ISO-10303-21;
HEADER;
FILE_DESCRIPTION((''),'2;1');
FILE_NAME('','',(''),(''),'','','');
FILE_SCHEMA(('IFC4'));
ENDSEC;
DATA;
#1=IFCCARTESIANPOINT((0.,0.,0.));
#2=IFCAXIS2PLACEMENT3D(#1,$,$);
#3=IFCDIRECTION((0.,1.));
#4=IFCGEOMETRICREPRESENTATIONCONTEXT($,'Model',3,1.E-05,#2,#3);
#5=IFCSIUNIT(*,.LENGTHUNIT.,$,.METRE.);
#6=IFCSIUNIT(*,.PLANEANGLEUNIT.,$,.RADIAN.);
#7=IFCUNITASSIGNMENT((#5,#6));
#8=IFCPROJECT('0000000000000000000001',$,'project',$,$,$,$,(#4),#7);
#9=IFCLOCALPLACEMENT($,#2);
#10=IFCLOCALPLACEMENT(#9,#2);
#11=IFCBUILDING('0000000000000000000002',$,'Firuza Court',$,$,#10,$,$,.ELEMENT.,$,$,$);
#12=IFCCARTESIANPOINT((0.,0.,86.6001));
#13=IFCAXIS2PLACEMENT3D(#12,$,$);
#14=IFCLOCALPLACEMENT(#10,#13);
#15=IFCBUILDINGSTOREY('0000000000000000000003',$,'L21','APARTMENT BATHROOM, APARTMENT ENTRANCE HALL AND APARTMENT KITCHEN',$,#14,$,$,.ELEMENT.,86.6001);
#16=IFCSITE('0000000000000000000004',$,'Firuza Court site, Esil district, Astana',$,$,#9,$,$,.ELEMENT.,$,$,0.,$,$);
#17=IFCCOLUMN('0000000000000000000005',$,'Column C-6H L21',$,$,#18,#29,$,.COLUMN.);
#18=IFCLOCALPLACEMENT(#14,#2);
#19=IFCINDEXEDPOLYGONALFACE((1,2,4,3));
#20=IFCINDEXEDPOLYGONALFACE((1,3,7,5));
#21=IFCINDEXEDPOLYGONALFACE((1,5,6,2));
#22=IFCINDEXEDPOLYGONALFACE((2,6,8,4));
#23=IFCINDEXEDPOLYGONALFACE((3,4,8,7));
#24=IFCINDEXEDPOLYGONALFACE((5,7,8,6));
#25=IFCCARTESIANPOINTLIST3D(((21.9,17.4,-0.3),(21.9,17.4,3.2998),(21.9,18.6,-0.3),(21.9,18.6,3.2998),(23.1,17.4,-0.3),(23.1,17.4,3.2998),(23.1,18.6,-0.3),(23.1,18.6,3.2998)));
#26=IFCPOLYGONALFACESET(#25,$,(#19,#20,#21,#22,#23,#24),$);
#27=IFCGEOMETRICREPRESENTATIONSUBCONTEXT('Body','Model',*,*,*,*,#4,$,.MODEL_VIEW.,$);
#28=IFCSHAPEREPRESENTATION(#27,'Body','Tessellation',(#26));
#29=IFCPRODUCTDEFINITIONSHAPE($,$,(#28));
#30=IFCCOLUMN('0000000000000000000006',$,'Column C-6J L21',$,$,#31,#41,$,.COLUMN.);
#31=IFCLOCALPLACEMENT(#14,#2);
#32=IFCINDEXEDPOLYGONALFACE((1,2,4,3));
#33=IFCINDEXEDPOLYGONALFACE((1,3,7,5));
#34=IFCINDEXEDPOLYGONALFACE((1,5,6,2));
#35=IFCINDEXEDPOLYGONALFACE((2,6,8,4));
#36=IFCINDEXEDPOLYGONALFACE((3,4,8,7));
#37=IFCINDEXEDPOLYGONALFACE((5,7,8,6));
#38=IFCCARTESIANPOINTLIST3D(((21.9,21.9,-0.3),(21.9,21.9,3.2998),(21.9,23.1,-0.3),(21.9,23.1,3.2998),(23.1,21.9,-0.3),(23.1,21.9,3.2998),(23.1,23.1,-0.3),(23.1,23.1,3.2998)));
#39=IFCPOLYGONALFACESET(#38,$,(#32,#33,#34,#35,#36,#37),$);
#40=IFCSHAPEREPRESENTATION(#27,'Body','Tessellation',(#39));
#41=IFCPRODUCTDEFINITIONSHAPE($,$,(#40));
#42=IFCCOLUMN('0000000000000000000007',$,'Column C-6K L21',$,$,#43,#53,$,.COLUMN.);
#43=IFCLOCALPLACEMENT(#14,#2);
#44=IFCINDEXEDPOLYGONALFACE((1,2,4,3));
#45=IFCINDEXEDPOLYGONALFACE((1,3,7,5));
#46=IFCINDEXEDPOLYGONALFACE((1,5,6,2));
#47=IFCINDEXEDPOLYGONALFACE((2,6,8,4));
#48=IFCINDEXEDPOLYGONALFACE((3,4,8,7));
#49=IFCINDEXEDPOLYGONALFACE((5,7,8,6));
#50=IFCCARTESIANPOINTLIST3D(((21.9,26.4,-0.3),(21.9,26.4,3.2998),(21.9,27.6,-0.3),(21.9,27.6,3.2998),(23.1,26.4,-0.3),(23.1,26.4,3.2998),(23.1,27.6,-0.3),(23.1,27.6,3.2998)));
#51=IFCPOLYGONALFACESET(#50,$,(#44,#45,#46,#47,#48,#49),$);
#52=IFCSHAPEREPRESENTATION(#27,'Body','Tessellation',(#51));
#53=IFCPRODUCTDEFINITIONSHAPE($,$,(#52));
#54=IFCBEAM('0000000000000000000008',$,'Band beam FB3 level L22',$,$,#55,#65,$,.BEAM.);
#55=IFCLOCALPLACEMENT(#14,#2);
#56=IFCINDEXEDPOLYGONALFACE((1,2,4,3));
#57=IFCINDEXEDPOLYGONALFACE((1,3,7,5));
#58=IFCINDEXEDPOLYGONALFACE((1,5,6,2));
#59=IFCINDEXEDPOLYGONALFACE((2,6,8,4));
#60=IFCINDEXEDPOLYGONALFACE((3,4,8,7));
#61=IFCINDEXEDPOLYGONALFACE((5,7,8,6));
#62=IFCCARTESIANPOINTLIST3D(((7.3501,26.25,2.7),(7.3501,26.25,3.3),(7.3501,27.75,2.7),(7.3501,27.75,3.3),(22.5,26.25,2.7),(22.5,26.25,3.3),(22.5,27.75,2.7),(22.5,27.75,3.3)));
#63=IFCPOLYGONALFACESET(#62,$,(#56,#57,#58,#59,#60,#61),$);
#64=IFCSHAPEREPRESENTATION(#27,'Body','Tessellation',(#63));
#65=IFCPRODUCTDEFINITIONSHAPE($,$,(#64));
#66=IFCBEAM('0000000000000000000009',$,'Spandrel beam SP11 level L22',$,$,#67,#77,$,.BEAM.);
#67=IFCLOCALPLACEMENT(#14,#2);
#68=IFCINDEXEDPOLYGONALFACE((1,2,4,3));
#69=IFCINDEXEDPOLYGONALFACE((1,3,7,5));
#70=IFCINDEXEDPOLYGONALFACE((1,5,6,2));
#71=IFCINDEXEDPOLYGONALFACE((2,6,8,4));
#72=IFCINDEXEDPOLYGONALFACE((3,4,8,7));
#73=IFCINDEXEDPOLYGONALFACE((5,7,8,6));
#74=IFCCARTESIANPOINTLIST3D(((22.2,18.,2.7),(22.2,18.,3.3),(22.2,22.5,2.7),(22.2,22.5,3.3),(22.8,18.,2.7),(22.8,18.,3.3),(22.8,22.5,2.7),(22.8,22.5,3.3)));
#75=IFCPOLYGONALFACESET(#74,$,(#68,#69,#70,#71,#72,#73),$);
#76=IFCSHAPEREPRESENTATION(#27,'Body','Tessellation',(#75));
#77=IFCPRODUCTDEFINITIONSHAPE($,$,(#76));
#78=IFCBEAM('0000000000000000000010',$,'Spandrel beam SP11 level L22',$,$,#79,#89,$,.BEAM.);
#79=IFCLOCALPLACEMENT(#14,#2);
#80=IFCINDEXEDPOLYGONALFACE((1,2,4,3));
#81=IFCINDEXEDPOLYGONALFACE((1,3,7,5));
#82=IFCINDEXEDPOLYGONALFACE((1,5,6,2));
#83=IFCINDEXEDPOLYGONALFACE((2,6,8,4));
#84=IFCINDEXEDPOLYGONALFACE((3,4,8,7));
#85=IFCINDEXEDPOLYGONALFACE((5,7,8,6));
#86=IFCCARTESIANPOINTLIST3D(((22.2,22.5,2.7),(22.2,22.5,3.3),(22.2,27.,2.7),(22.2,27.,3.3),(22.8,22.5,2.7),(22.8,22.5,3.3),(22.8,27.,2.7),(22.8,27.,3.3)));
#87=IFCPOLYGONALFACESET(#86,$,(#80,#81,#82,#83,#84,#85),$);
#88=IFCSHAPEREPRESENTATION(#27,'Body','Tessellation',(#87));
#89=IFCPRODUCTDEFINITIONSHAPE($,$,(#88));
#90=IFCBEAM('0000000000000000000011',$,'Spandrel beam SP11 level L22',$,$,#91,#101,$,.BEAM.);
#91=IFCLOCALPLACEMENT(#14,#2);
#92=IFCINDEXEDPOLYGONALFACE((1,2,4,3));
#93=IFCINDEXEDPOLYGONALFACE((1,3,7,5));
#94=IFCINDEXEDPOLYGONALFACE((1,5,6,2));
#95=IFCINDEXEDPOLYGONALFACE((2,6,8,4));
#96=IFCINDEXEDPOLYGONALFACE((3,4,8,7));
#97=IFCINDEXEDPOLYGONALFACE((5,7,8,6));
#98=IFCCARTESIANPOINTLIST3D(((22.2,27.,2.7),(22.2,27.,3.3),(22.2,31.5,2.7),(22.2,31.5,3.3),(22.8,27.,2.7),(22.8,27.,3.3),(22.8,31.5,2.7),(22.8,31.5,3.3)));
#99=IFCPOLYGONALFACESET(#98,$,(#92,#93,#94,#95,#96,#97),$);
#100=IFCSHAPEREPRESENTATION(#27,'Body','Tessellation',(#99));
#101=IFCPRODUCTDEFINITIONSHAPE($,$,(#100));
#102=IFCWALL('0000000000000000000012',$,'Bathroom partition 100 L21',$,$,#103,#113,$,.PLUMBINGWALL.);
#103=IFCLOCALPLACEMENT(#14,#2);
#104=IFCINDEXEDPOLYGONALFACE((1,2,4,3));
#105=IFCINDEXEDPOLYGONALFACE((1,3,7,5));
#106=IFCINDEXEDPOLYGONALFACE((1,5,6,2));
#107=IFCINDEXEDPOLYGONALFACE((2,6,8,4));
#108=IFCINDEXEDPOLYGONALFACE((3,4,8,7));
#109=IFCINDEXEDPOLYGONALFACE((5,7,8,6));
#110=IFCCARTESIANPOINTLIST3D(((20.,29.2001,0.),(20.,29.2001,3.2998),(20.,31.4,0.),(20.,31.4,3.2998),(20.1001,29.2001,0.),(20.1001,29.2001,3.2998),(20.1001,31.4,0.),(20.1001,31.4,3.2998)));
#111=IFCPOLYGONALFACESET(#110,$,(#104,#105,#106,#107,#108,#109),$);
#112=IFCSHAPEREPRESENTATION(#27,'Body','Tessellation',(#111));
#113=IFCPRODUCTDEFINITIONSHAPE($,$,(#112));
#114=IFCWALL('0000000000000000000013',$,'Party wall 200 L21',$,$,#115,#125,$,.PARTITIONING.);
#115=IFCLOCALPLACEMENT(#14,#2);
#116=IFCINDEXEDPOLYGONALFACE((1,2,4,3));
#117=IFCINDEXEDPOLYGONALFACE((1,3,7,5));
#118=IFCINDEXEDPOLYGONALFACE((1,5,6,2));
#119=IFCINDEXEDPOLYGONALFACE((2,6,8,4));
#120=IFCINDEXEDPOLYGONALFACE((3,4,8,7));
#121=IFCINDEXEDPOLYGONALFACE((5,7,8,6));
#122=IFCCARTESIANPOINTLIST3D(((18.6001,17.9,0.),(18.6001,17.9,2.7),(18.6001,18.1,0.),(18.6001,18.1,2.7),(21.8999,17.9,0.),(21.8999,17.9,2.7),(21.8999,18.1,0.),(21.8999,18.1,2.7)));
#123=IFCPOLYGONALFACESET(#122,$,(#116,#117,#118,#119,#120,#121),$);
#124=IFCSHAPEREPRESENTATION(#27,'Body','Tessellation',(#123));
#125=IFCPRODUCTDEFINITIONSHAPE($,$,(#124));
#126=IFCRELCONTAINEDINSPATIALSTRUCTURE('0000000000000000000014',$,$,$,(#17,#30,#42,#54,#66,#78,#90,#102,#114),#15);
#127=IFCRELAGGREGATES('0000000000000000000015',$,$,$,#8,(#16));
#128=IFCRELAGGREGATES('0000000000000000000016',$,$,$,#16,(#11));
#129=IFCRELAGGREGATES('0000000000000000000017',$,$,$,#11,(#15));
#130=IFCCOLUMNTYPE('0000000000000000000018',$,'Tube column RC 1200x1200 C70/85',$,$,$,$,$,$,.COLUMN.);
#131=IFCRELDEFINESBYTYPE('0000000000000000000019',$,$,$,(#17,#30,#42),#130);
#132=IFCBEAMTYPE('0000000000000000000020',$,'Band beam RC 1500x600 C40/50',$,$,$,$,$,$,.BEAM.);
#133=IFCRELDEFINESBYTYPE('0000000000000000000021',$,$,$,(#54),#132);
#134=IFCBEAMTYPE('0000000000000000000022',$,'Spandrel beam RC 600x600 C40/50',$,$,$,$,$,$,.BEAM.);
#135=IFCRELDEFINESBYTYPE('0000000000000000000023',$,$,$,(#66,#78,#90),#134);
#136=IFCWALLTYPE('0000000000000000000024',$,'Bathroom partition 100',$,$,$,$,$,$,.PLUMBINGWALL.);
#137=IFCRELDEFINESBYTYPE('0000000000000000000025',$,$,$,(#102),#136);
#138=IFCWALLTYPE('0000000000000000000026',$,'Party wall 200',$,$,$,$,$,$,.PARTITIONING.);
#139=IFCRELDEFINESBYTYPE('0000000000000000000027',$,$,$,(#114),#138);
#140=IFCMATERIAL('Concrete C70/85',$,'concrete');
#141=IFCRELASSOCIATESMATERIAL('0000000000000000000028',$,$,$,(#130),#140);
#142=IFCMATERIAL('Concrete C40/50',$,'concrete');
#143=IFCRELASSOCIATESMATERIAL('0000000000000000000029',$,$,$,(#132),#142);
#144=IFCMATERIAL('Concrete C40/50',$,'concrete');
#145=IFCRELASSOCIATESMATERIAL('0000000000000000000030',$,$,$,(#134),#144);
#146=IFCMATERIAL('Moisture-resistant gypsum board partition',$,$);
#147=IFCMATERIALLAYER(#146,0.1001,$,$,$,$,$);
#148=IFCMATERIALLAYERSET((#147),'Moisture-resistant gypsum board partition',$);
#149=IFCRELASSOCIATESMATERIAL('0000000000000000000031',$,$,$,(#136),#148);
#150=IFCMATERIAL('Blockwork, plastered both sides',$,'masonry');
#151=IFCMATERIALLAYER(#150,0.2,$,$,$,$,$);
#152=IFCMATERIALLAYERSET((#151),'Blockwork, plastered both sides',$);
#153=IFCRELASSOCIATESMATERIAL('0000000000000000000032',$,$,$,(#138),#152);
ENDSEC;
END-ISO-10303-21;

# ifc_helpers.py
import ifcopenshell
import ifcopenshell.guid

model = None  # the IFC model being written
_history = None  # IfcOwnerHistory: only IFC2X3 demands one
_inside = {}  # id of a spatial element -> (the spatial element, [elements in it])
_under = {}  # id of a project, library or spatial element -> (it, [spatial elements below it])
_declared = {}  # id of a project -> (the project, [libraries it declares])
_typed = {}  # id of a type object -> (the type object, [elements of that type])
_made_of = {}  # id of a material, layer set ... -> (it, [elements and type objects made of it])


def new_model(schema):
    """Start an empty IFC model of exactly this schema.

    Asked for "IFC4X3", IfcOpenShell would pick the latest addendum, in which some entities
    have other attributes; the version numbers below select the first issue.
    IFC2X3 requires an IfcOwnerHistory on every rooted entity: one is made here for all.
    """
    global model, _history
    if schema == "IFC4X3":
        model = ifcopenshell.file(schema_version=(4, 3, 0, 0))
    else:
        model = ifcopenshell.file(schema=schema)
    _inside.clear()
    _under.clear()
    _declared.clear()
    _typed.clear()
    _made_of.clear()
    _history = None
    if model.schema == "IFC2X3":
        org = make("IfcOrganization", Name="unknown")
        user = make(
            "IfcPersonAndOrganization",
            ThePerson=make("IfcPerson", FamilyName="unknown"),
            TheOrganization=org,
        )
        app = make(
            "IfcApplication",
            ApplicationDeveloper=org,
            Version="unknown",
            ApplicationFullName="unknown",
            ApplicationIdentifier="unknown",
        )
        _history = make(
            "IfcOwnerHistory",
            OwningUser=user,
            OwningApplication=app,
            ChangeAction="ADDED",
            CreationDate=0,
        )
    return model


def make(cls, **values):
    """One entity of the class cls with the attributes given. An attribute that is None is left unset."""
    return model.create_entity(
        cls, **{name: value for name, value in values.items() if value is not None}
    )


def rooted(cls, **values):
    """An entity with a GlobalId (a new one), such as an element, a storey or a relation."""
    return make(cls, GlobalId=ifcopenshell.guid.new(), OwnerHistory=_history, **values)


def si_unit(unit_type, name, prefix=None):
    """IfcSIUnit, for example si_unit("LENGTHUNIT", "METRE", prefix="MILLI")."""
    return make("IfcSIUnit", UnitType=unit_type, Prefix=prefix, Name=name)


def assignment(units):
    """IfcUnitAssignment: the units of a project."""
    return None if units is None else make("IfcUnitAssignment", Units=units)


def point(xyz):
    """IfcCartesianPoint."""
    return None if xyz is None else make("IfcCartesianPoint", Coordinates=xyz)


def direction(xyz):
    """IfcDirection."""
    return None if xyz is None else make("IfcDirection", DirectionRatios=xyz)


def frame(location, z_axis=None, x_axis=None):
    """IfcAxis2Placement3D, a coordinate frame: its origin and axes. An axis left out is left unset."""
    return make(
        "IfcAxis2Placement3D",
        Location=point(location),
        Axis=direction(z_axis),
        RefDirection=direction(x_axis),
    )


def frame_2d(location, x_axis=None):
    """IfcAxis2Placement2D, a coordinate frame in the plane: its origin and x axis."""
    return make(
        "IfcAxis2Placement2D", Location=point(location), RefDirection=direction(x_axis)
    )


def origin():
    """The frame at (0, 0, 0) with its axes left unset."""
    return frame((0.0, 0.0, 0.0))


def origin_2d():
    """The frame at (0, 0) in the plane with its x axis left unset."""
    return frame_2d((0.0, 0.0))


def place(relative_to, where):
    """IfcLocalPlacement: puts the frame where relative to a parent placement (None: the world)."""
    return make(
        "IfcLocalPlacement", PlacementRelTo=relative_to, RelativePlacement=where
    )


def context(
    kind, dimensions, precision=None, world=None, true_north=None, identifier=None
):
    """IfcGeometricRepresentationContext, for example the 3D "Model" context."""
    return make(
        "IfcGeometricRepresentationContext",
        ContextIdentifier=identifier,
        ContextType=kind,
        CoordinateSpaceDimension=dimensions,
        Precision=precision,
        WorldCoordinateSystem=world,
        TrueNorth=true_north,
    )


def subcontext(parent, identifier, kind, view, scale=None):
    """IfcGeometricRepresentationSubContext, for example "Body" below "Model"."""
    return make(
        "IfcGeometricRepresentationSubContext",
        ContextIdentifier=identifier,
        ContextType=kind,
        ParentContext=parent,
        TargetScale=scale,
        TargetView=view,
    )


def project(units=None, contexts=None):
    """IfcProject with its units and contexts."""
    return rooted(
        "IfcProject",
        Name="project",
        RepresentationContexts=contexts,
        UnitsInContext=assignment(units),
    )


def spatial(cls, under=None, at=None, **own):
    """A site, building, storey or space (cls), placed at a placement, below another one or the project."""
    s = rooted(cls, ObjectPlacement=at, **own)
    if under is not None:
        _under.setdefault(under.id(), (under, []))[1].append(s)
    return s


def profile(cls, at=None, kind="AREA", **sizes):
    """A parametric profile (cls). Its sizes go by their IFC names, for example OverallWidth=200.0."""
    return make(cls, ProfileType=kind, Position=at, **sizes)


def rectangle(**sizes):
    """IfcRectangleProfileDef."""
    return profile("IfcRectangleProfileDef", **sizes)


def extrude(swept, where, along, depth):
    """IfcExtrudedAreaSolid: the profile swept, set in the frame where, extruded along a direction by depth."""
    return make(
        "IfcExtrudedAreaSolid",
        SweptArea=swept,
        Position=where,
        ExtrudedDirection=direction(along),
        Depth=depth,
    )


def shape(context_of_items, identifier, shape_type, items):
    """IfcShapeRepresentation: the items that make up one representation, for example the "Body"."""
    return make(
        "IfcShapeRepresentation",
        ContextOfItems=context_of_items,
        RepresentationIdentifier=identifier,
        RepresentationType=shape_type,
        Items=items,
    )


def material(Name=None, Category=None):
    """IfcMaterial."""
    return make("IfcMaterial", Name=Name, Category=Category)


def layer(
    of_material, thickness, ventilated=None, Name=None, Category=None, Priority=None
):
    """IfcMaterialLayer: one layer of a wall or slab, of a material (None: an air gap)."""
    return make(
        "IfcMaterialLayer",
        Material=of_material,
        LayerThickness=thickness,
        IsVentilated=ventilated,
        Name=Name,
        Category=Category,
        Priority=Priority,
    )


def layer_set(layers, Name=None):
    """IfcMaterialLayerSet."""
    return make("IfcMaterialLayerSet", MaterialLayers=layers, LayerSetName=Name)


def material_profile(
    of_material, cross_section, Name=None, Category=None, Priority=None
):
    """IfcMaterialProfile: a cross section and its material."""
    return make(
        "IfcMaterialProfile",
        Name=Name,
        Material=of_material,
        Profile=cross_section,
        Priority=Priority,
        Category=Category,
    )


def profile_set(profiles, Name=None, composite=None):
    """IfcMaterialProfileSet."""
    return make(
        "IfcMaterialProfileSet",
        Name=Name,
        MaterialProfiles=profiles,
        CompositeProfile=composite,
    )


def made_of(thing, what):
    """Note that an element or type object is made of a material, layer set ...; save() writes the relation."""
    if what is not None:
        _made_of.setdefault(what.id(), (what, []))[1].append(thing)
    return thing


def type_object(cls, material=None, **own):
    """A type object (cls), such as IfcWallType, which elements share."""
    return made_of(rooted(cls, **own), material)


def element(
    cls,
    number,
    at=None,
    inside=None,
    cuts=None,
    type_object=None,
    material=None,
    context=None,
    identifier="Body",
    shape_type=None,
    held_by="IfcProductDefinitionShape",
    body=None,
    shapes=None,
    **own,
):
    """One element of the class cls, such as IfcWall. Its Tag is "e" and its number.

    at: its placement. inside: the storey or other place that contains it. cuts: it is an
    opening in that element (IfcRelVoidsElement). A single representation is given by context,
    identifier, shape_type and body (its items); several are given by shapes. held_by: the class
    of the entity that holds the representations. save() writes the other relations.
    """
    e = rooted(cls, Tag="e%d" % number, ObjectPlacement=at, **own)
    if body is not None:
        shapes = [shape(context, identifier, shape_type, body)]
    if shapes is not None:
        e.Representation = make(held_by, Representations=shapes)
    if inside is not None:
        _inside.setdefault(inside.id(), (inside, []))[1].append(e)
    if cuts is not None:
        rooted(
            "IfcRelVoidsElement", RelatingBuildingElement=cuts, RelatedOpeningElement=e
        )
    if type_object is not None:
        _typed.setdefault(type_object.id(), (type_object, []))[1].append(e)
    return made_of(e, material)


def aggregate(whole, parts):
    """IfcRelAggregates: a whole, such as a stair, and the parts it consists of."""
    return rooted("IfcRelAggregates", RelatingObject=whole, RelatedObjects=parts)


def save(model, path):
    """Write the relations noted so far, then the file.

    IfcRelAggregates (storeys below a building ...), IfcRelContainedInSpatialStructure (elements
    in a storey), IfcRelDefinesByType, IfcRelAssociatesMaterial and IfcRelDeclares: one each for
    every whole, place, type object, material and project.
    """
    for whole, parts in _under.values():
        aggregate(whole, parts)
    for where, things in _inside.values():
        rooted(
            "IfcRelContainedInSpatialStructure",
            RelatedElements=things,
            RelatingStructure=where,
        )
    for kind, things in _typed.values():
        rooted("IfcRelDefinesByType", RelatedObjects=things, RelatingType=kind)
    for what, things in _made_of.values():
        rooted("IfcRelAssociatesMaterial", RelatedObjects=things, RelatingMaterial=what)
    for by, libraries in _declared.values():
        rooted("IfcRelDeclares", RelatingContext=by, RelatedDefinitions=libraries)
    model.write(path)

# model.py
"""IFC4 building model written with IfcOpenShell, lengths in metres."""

from ifc_helpers import new_model, si_unit, direction, frame, frame_2d, origin, origin_2d, place, context, subcontext, project, spatial, rectangle, extrude, material, layer, layer_set, material_profile, profile_set, type_object, element, save


model = new_model("IFC4")

# Units and contexts
model_context = context("Model", 3, precision=1e-05, world=origin(), true_north=direction((0.0, 1.0)))
body_context = subcontext(model_context, "Body", "Model", "MODEL_VIEW")
ifc_project = project(units=[si_unit("LENGTHUNIT", "METRE"), si_unit("PLANEANGLEUNIT", "RADIAN")], contexts=[model_context])

# Site, building, storey
site_placement = place(None, origin())
site = spatial("IfcSite", under=ifc_project, at=site_placement, Name="Firuza Court site, Esil district, Astana", CompositionType="ELEMENT", RefElevation=0.0)
building_placement = place(site_placement, origin())
building = spatial("IfcBuilding", under=site, at=building_placement, Name="Firuza Court", CompositionType="ELEMENT")
storey_placement = place(building_placement, frame((0.0, 0.0, 86.6001)))
storey = spatial("IfcBuildingStorey", under=building, at=storey_placement, Name="L21", Description="APARTMENT BATHROOM, APARTMENT ENTRANCE HALL AND APARTMENT KITCHEN", CompositionType="ELEMENT", Elevation=86.6001)

# Columns
ifc_material_1 = material(Name="Concrete C70/85", Category="concrete")
ifc_material_profile_1 = material_profile(ifc_material_1, rectangle(XDim=1.2, YDim=1.2, at=origin_2d()), Name="RC 1200x1200")
ifc_profile_set_1 = profile_set([ifc_material_profile_1], Name="Concrete C70/85")
column_type = type_object("IfcColumnType", Name="Tube column RC 1200x1200 C70/85", PredefinedType="COLUMN", material=ifc_profile_set_1)
for number, where, z_axis, x_axis, name in (
    (1, (22.5, 18.0, -0.3), (0.0, 0.0, 1.0), (1.0, 0.0, 0.0), "Column C-6H L21"),
    (2, (22.5, 22.5, -0.3), (0.0, 0.0, 1.0), (1.0, 0.0, 0.0), "Column C-6J L21"),
    (3, (22.5, 27.0, -0.3), (0.0, 0.0, 1.0), (1.0, 0.0, 0.0), "Column C-6K L21"),
):
    element("IfcColumn", number, at=place(storey_placement, frame(where, z_axis=z_axis, x_axis=x_axis)), inside=storey, type_object=column_type, Name=name, PredefinedType="COLUMN", context=body_context, shape_type="SweptSolid", body=[
        extrude(rectangle(XDim=1.2, YDim=1.2, at=origin_2d()), origin(), (0.0, 0.0, 1.0), 3.5999),
    ])

# Beams
ifc_material_2 = material(Name="Concrete C40/50", Category="concrete")
ifc_material_profile_2 = material_profile(ifc_material_2, rectangle(XDim=1.5, YDim=0.6001, at=origin_2d()), Name="RC 1500x600")
ifc_profile_set_2 = profile_set([ifc_material_profile_2], Name="Concrete C40/50")
beam_type_1 = type_object("IfcBeamType", Name="Band beam RC 1500x600 C40/50", PredefinedType="BEAM", material=ifc_profile_set_2)
beam_placement = place(storey_placement, frame((22.5, 27.0, 3.0), z_axis=(-1.0, 0.0, 0.0), x_axis=(0.0, -1.0, 0.0)))
element("IfcBeam", 4, at=beam_placement, inside=storey, type_object=beam_type_1, Name="Band beam FB3 level L22", PredefinedType="BEAM", context=body_context, shape_type="SweptSolid", body=[
    extrude(rectangle(XDim=1.5, YDim=0.6001, at=origin_2d()), origin(), (0.0, 0.0, 1.0), 15.1499),
])
ifc_material_3 = material(Name="Concrete C40/50", Category="concrete")
ifc_material_profile_3 = material_profile(ifc_material_3, rectangle(XDim=0.6001, YDim=0.6001, at=origin_2d()), Name="RC 600x600")
ifc_profile_set_3 = profile_set([ifc_material_profile_3], Name="Concrete C40/50")
beam_type_2 = type_object("IfcBeamType", Name="Spandrel beam RC 600x600 C40/50", PredefinedType="BEAM", material=ifc_profile_set_3)
for number, where, z_axis, x_axis, name in (
    (5, (22.5, 18.0, 3.0), (0.0, 1.0, 0.0), (-1.0, 0.0, 0.0), "Spandrel beam SP11 level L22"),
    (6, (22.5, 22.5, 3.0), (0.0, 1.0, 0.0), (-1.0, 0.0, 0.0), "Spandrel beam SP11 level L22"),
    (7, (22.5, 27.0, 3.0), (0.0, 1.0, 0.0), (-1.0, 0.0, 0.0), "Spandrel beam SP11 level L22"),
):
    element("IfcBeam", number, at=place(storey_placement, frame(where, z_axis=z_axis, x_axis=x_axis)), inside=storey, type_object=beam_type_2, Name=name, PredefinedType="BEAM", context=body_context, shape_type="SweptSolid", body=[
        extrude(rectangle(XDim=0.6001, YDim=0.6001, at=origin_2d()), origin(), (0.0, 0.0, 1.0), 4.5),
    ])

# Walls
ifc_material_4 = material(Name="Moisture-resistant gypsum board partition")
ifc_layer_1 = layer(ifc_material_4, 0.1001)
ifc_layer_set_1 = layer_set([ifc_layer_1], Name="Moisture-resistant gypsum board partition")
wall_type_1 = type_object("IfcWallType", Name="Bathroom partition 100", PredefinedType="PLUMBINGWALL", material=ifc_layer_set_1)
wall_1_placement = place(storey_placement, frame((20.05, 29.2, 0.0), z_axis=(0.0, 0.0, 1.0), x_axis=(0.0, 1.0, 0.0)))
element("IfcWall", 8, at=wall_1_placement, inside=storey, type_object=wall_type_1, Name="Bathroom partition 100 L21", PredefinedType="PLUMBINGWALL", context=body_context, shape_type="SweptSolid", body=[
    extrude(rectangle(XDim=2.2, YDim=0.1001, at=frame_2d((1.1001, 0.0))), origin(), (0.0, 0.0, 1.0), 3.2998),
])
ifc_material_5 = material(Name="Blockwork, plastered both sides", Category="masonry")
ifc_layer_2 = layer(ifc_material_5, 0.2)
ifc_layer_set_2 = layer_set([ifc_layer_2], Name="Blockwork, plastered both sides")
wall_type_2 = type_object("IfcWallType", Name="Party wall 200", PredefinedType="PARTITIONING", material=ifc_layer_set_2)
wall_2_placement = place(storey_placement, frame((18.6001, 18.0, 0.0), z_axis=(0.0, 0.0, 1.0), x_axis=(1.0, 0.0, 0.0)))
element("IfcWall", 9, at=wall_2_placement, inside=storey, type_object=wall_type_2, Name="Party wall 200 L21", PredefinedType="PARTITIONING", context=body_context, shape_type="SweptSolid", body=[
    extrude(rectangle(XDim=3.2998, YDim=0.2, at=frame_2d((1.6499, 0.0))), origin(), (0.0, 0.0, 1.0), 2.7),
])

save(model, "model.ifc")
